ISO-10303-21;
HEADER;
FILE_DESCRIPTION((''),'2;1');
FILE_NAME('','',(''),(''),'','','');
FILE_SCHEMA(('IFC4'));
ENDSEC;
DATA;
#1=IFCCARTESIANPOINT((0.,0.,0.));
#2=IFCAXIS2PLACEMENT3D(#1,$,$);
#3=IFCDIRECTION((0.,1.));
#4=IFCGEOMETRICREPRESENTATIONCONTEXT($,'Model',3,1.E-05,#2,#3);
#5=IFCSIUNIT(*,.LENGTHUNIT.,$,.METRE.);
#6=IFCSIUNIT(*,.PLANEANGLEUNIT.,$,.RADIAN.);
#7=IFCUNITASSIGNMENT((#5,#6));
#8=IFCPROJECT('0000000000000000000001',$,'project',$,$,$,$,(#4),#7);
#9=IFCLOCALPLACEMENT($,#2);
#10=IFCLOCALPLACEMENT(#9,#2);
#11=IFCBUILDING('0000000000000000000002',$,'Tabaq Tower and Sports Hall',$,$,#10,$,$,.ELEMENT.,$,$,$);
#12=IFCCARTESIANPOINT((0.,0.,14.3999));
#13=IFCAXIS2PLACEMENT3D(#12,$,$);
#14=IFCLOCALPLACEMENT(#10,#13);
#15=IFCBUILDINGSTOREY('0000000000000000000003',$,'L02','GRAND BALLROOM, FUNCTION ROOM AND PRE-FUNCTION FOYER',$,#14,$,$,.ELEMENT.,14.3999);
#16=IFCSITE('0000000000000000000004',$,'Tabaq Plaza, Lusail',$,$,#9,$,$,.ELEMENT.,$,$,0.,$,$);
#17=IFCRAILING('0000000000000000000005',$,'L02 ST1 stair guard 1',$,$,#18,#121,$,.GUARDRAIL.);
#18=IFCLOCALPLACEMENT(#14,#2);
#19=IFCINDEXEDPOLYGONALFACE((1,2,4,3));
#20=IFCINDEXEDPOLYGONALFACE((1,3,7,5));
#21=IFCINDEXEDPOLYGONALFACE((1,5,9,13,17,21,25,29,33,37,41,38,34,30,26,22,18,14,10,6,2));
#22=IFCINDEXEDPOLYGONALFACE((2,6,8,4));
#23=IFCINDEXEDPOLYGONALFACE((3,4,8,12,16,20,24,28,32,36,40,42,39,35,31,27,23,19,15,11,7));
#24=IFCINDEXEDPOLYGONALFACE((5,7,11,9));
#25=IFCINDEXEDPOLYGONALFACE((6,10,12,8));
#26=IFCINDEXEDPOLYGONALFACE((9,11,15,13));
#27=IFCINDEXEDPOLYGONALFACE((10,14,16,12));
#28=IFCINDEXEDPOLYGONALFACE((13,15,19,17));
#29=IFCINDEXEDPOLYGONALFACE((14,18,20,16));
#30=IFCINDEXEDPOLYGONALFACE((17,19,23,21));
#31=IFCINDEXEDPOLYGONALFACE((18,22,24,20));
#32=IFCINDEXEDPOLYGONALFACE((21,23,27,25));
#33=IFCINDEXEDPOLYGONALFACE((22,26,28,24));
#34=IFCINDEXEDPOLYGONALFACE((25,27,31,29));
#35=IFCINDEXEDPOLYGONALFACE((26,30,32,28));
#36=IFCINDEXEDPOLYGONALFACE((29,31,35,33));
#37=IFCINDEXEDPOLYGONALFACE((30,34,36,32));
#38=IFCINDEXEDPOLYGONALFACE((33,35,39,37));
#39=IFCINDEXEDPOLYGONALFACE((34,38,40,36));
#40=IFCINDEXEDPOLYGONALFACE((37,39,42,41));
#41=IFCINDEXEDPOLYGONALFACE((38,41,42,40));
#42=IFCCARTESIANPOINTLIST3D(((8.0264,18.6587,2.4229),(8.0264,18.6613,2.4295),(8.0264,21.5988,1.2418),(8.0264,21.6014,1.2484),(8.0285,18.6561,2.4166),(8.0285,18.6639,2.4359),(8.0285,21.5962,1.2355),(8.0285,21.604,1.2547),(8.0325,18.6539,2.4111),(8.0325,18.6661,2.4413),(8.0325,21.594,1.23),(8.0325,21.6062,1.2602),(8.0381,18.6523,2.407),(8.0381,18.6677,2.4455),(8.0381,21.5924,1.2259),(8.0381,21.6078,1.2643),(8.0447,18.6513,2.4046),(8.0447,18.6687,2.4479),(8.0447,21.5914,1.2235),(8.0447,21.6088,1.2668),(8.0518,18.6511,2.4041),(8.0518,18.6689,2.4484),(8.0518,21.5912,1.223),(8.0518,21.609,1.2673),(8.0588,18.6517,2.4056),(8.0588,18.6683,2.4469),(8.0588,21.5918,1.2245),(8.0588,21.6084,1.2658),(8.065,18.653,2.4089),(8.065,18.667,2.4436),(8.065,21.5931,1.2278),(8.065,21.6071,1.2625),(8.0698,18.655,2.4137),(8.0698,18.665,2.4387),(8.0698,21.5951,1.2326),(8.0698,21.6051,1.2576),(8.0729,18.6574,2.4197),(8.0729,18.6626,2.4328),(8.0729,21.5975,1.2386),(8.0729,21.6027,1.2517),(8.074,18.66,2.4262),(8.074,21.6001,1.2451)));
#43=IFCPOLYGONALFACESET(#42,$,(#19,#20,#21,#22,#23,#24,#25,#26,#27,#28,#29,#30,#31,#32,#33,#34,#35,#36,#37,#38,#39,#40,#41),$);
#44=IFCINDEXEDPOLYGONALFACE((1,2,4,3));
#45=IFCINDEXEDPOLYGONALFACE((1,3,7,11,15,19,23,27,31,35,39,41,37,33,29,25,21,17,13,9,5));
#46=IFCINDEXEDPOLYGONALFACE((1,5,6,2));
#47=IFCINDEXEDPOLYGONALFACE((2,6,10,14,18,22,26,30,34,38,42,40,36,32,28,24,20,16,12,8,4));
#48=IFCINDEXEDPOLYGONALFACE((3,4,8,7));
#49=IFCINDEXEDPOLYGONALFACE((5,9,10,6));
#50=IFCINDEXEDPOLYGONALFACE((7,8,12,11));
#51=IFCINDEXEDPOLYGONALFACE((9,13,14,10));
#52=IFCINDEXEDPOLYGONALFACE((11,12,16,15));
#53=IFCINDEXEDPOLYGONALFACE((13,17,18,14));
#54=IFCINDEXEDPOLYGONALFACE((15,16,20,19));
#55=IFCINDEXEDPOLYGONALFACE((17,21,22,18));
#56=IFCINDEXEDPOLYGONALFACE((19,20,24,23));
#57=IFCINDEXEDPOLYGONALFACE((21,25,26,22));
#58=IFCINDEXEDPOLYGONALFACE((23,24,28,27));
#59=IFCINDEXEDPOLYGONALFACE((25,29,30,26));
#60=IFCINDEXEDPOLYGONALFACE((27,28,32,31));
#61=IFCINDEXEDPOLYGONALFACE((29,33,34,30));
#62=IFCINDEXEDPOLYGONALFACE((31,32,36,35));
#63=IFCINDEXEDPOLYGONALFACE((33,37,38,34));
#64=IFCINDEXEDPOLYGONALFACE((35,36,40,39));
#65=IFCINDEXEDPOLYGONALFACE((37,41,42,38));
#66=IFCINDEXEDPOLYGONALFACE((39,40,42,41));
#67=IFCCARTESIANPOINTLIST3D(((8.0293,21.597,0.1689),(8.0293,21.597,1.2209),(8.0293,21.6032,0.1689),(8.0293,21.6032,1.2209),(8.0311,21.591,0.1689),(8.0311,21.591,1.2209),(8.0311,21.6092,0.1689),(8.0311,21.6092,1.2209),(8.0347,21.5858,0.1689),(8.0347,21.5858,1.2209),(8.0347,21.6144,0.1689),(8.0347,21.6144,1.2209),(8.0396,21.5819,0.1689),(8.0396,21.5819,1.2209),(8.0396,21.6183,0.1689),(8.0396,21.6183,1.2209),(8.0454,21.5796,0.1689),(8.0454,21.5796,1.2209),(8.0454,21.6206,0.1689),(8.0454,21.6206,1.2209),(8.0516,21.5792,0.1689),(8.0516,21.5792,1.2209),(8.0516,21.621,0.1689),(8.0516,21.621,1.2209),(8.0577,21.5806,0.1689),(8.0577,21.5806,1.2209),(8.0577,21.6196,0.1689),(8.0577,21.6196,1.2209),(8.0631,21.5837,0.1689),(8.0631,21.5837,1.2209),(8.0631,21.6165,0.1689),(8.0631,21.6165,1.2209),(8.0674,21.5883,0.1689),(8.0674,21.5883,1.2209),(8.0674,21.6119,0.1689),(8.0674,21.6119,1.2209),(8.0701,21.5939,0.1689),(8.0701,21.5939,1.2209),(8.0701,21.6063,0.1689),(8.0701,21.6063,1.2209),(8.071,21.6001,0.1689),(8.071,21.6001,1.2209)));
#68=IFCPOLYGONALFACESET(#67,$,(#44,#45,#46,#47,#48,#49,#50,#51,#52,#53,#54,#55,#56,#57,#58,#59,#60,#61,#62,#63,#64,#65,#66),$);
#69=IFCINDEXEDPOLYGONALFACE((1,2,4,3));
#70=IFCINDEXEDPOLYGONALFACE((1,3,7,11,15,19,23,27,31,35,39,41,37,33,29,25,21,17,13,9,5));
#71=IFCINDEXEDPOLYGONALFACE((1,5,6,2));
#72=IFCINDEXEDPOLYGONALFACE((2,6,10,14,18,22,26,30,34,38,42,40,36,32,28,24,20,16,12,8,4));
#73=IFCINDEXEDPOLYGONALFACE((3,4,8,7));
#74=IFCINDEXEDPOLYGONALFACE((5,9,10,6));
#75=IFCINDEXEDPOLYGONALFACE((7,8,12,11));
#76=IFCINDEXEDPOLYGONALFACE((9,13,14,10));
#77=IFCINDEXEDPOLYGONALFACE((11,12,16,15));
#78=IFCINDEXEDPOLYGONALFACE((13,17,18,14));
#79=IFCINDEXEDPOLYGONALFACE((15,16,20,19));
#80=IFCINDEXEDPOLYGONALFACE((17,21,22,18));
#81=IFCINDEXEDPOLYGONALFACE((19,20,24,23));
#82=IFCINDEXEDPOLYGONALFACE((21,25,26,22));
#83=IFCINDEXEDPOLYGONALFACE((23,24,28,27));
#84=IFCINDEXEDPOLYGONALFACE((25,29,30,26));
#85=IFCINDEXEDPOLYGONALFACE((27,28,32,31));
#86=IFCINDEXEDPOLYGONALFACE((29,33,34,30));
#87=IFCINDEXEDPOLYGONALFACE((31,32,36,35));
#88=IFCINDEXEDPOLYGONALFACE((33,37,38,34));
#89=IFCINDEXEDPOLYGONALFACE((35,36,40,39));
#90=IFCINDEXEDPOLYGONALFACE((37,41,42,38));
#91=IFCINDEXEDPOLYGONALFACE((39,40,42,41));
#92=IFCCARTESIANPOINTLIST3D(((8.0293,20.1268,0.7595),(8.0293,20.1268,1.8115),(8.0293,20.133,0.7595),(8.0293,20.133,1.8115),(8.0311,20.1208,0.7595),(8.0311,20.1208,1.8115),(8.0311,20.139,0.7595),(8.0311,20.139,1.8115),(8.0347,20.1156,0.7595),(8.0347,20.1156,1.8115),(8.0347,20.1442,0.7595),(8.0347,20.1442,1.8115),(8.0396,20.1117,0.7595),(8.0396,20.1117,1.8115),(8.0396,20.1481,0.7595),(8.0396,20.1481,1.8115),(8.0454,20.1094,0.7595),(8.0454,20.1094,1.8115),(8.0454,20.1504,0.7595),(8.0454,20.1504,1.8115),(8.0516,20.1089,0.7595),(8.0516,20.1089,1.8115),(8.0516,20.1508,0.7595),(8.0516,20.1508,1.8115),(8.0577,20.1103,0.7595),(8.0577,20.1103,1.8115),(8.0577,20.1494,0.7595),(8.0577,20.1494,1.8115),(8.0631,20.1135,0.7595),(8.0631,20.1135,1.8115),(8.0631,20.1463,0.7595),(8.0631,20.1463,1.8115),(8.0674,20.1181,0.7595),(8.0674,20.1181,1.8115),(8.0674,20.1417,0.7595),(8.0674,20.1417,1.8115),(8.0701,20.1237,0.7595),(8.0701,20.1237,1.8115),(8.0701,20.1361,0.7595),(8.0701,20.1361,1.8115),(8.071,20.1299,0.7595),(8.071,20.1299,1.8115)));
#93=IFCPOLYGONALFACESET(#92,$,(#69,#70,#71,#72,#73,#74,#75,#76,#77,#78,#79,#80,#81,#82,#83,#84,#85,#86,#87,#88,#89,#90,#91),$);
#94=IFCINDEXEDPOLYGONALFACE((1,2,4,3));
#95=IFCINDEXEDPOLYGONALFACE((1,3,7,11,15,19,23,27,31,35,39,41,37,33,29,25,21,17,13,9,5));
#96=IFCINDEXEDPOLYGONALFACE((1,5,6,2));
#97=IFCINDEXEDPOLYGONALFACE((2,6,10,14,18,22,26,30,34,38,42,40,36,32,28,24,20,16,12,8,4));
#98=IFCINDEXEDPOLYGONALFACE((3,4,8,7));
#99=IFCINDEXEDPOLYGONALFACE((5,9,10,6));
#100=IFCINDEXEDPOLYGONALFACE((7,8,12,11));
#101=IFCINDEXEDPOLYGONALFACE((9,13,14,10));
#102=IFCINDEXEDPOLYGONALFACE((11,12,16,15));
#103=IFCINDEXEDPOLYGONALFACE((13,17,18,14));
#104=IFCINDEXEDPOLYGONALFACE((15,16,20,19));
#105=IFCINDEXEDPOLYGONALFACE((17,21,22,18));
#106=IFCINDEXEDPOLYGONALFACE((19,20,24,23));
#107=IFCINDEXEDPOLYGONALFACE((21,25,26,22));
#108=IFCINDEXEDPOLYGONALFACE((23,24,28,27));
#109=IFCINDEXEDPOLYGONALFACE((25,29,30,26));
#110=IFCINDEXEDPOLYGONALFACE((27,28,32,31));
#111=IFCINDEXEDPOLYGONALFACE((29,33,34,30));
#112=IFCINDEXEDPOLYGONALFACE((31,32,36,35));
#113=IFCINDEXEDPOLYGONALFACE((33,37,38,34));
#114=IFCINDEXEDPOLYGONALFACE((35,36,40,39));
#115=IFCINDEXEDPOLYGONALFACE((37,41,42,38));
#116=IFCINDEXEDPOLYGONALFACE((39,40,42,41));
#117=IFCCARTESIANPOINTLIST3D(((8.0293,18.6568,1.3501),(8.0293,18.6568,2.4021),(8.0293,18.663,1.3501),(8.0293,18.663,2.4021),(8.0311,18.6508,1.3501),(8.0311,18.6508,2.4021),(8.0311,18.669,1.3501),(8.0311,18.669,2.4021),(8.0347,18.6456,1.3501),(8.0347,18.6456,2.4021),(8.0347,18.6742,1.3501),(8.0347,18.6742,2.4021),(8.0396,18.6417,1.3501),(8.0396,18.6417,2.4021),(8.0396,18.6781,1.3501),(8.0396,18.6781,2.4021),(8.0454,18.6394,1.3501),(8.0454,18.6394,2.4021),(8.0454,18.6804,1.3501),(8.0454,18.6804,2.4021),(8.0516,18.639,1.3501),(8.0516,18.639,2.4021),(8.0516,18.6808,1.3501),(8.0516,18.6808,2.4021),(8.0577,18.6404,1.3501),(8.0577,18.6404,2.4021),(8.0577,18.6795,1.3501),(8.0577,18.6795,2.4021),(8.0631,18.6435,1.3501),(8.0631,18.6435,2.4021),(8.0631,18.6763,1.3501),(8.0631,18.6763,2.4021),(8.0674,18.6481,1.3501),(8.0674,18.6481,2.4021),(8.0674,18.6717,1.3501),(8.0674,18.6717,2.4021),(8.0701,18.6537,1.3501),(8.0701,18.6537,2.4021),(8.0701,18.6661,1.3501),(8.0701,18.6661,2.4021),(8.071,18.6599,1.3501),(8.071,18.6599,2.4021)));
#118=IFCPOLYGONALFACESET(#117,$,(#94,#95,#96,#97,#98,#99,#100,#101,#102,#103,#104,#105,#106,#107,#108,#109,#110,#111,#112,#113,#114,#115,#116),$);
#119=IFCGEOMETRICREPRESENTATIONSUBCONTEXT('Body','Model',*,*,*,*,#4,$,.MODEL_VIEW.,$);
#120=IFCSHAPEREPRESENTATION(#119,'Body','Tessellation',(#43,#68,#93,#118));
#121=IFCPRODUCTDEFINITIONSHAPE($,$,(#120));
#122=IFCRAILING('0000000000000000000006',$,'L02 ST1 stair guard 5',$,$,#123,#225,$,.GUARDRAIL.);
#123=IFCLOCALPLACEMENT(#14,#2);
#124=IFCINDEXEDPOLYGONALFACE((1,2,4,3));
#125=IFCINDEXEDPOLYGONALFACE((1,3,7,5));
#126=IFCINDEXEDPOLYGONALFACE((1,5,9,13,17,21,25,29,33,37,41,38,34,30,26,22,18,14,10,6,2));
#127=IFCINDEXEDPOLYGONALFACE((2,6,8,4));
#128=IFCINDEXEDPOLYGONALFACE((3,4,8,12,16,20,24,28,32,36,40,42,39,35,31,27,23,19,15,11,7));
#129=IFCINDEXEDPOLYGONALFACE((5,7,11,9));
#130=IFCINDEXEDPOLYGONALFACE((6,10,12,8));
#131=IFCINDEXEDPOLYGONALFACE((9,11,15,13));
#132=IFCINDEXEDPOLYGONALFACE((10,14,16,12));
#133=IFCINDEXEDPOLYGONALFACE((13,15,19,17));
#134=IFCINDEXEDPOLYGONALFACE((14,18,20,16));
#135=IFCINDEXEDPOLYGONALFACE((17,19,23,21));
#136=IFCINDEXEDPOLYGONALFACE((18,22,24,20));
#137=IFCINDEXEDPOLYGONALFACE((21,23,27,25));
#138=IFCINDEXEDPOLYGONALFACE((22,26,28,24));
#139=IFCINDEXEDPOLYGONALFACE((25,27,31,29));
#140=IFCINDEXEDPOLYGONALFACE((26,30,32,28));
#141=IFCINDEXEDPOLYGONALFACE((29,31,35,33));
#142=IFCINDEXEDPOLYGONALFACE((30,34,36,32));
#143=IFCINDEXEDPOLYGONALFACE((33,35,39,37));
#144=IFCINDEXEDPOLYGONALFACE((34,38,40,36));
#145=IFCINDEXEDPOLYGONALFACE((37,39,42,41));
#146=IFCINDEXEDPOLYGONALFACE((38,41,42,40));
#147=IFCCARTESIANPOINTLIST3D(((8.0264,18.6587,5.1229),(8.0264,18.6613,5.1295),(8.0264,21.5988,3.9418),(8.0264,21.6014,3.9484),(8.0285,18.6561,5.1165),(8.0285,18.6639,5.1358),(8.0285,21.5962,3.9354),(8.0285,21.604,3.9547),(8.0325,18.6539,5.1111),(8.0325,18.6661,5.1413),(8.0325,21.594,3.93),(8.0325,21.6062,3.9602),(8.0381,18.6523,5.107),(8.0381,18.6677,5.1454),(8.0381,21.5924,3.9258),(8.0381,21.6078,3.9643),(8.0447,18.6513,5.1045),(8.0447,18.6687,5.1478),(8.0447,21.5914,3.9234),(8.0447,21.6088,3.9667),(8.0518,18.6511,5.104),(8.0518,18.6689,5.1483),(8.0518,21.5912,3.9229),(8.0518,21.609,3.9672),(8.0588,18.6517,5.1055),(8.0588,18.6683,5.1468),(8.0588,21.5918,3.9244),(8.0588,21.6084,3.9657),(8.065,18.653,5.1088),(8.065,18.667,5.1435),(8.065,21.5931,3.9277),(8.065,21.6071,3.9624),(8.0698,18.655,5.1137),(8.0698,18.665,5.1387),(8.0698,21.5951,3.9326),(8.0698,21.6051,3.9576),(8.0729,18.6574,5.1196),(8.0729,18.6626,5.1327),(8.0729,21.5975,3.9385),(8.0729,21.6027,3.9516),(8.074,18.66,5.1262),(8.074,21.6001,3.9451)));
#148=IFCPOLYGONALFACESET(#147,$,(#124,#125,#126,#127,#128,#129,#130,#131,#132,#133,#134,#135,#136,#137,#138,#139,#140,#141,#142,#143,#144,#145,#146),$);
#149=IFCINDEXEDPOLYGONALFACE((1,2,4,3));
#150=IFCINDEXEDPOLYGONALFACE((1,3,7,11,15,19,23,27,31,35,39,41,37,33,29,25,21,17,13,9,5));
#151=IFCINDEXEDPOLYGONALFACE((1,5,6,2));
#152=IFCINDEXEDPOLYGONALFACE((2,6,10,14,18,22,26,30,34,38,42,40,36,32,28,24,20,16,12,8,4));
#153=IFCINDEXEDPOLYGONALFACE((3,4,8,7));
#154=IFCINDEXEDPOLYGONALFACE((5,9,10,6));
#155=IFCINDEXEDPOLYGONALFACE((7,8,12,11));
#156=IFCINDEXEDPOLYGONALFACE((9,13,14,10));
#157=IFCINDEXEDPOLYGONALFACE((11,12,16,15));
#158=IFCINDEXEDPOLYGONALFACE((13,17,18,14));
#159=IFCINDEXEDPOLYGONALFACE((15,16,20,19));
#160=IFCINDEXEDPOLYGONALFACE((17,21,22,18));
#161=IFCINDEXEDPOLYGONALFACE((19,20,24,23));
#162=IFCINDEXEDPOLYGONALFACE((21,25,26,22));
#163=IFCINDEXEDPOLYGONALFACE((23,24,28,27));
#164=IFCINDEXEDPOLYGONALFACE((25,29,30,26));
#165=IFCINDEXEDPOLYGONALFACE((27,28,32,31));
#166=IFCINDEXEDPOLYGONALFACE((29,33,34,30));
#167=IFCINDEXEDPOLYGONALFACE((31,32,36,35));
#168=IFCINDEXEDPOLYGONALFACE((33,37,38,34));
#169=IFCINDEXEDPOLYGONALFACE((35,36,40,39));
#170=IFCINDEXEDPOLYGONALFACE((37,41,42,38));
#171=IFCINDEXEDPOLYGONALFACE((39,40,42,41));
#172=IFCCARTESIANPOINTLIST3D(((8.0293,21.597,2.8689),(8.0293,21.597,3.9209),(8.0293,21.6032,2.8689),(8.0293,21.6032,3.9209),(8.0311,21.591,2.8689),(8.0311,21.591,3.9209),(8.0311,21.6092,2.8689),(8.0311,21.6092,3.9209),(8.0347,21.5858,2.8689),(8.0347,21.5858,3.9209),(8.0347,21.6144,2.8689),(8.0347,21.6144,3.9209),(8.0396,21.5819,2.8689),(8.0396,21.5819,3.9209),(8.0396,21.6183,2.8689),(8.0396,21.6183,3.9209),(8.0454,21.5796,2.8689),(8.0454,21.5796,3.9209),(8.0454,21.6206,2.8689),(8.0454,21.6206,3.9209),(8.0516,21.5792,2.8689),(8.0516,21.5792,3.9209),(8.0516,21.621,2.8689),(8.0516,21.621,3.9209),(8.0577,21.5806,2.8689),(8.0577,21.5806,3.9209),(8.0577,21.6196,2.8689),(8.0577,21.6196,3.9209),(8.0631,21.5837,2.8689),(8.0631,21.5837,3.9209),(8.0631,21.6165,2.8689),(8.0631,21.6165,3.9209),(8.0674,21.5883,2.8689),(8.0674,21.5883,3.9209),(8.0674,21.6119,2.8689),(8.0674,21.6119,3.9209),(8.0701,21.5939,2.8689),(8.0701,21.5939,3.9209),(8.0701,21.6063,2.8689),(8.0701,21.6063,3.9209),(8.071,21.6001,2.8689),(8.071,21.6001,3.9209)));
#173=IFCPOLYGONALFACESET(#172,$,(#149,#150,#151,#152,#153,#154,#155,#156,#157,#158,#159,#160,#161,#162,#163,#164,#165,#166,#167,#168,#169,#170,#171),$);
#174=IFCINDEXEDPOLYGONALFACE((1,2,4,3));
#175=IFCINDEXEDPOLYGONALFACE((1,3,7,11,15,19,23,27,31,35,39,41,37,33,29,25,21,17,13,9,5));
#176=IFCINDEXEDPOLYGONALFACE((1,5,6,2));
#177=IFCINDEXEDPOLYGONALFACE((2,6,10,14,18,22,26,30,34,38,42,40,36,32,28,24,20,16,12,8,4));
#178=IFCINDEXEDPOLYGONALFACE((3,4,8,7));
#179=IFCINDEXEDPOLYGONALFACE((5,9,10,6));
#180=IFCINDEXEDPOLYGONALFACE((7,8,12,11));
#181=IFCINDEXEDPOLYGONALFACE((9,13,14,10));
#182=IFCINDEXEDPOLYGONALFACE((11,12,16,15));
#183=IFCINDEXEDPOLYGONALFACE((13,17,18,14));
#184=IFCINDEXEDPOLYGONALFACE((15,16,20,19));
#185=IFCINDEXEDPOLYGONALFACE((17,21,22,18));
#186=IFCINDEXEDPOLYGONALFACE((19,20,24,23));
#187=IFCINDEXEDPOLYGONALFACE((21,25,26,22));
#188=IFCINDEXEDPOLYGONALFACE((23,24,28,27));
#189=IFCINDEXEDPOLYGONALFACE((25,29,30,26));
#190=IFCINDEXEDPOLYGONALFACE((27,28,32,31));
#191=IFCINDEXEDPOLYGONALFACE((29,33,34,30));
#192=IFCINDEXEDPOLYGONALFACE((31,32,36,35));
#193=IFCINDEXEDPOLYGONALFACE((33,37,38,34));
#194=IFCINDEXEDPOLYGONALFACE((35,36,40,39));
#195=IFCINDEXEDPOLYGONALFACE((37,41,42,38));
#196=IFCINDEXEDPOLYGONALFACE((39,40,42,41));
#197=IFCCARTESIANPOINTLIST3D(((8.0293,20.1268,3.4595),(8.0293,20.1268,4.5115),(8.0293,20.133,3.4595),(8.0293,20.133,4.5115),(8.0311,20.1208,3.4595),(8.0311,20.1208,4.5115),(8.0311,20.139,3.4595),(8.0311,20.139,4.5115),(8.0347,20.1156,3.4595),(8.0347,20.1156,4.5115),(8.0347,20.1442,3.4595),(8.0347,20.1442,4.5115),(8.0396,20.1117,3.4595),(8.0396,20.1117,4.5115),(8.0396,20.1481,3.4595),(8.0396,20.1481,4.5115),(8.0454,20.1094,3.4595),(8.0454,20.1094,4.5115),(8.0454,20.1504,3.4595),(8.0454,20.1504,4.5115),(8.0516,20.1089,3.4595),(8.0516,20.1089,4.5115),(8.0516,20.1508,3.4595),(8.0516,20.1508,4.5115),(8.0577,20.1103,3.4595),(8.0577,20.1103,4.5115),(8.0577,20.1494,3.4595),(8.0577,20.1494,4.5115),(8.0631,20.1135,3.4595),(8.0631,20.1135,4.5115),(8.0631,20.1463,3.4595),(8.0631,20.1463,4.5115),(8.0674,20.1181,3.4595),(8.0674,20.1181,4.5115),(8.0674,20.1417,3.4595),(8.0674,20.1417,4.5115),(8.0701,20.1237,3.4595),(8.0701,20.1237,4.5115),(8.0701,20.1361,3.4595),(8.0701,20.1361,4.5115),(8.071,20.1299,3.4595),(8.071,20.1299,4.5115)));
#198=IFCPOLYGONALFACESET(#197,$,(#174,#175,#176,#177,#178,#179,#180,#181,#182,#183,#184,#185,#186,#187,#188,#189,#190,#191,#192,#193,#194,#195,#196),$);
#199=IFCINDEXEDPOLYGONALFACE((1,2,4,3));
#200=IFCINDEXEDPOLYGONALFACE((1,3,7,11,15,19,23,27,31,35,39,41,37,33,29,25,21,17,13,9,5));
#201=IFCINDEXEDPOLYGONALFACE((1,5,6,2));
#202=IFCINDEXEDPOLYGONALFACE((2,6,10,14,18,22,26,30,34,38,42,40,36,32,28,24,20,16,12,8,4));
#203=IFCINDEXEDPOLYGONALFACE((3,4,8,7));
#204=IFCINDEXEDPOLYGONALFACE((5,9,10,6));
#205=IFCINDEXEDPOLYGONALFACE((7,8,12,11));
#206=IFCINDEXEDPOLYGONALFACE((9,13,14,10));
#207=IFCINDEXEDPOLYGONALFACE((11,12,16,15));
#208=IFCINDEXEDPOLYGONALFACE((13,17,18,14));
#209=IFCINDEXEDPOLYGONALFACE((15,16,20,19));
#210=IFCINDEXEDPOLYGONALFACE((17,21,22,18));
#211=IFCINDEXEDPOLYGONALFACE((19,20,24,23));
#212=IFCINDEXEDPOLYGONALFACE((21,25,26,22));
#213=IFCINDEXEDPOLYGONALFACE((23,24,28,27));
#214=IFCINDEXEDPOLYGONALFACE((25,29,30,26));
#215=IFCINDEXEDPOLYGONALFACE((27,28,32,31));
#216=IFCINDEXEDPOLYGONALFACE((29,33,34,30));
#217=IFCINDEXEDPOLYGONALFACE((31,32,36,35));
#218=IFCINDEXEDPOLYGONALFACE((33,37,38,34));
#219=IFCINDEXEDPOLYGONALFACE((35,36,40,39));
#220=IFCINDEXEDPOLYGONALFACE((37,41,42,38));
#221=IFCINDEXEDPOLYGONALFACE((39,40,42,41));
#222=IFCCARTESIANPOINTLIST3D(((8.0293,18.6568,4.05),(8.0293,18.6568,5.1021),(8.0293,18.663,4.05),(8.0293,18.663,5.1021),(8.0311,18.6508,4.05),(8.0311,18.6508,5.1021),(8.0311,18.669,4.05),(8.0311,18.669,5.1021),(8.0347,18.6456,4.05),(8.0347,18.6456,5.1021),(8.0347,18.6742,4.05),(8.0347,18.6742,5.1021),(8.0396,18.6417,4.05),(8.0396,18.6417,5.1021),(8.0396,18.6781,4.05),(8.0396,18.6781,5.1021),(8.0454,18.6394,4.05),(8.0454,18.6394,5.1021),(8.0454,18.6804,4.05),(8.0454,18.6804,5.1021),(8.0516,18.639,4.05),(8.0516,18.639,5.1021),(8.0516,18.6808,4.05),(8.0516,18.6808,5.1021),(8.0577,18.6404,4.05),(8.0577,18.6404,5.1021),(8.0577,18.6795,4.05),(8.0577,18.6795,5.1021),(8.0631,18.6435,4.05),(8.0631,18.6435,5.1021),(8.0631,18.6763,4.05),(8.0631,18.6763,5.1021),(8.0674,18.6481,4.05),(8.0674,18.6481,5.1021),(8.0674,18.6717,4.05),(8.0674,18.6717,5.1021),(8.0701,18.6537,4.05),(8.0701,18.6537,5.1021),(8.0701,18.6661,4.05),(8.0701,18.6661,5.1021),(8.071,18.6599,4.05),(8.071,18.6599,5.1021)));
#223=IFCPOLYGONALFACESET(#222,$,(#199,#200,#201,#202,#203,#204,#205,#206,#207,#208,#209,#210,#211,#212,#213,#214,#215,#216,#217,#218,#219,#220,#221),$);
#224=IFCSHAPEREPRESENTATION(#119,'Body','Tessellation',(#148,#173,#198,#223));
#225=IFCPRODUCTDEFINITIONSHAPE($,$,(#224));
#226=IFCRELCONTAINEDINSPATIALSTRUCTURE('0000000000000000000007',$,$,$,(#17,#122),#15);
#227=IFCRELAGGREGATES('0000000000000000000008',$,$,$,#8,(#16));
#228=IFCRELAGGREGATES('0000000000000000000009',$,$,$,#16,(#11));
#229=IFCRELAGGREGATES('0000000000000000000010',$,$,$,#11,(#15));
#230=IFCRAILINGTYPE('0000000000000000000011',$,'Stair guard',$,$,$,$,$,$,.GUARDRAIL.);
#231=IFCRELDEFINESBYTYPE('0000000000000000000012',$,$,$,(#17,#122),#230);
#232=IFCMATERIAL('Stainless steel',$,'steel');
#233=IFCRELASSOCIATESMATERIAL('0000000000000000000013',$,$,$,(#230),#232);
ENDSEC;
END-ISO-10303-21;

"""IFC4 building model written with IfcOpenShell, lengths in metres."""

from ifc_helpers import new_model, si_unit, direction, frame, origin, origin_2d, place, context, subcontext, project, spatial, circle, extrude, material, type_object, element, save


model = new_model("IFC4")

# Units and contexts
model_context = context("Model", 3, precision=1e-05, world=origin(), true_north=direction((0.0, 1.0)))
body_context = subcontext(model_context, "Body", "Model", "MODEL_VIEW")
ifc_project = project(units=[si_unit("LENGTHUNIT", "METRE"), si_unit("PLANEANGLEUNIT", "RADIAN")], contexts=[model_context])

# Site, building, storey
site_placement = place(None, origin())
site = spatial("IfcSite", under=ifc_project, at=site_placement, Name="Tabaq Plaza, Lusail", CompositionType="ELEMENT", RefElevation=0.0)
building_placement = place(site_placement, origin())
building = spatial("IfcBuilding", under=site, at=building_placement, Name="Tabaq Tower and Sports Hall", CompositionType="ELEMENT")
storey_placement = place(building_placement, frame((0.0, 0.0, 14.3999)))
storey = spatial("IfcBuildingStorey", under=building, at=storey_placement, Name="L02", Description="GRAND BALLROOM, FUNCTION ROOM AND PRE-FUNCTION FOYER", CompositionType="ELEMENT", Elevation=14.3999)

# Railings
ifc_material_1 = material(Name="Stainless steel", Category="steel")
railing_type_1 = type_object("IfcRailingType", Name="Stair guard", PredefinedType="GUARDRAIL", material=ifc_material_1)
for number, where, name in (
    (1, (8.05, 21.6001, 0.1689), "L02 ST1 stair guard 1"),
    (2, (8.05, 21.6001, 2.8689), "L02 ST1 stair guard 5"),
):
    element("IfcRailing", number, at=place(storey_placement, frame(where)), inside=storey, type_object=railing_type_1, Name=name, PredefinedType="GUARDRAIL", context=body_context, shape_type="SweptSolid", body=[
        extrude(circle(Radius=0.0239, at=origin_2d()), frame((0.0, 0.0, 1.0762), z_axis=(0.0, -0.927923, 0.372772), x_axis=(1.0, 0.0, 0.0)), (0.0, 0.0, 1.0), 3.1685),
        extrude(circle(Radius=0.021, at=origin_2d()), origin(), (0.0, 0.0, 1.0), 1.052),
        extrude(circle(Radius=0.021, at=origin_2d()), frame((0.0, -1.4702, 0.5906)), (0.0, 0.0, 1.0), 1.052),
        extrude(circle(Radius=0.021, at=origin_2d()), frame((0.0, -2.9402, 1.1812)), (0.0, 0.0, 1.0), 1.052),
    ])

save(model, "model.ifc")
